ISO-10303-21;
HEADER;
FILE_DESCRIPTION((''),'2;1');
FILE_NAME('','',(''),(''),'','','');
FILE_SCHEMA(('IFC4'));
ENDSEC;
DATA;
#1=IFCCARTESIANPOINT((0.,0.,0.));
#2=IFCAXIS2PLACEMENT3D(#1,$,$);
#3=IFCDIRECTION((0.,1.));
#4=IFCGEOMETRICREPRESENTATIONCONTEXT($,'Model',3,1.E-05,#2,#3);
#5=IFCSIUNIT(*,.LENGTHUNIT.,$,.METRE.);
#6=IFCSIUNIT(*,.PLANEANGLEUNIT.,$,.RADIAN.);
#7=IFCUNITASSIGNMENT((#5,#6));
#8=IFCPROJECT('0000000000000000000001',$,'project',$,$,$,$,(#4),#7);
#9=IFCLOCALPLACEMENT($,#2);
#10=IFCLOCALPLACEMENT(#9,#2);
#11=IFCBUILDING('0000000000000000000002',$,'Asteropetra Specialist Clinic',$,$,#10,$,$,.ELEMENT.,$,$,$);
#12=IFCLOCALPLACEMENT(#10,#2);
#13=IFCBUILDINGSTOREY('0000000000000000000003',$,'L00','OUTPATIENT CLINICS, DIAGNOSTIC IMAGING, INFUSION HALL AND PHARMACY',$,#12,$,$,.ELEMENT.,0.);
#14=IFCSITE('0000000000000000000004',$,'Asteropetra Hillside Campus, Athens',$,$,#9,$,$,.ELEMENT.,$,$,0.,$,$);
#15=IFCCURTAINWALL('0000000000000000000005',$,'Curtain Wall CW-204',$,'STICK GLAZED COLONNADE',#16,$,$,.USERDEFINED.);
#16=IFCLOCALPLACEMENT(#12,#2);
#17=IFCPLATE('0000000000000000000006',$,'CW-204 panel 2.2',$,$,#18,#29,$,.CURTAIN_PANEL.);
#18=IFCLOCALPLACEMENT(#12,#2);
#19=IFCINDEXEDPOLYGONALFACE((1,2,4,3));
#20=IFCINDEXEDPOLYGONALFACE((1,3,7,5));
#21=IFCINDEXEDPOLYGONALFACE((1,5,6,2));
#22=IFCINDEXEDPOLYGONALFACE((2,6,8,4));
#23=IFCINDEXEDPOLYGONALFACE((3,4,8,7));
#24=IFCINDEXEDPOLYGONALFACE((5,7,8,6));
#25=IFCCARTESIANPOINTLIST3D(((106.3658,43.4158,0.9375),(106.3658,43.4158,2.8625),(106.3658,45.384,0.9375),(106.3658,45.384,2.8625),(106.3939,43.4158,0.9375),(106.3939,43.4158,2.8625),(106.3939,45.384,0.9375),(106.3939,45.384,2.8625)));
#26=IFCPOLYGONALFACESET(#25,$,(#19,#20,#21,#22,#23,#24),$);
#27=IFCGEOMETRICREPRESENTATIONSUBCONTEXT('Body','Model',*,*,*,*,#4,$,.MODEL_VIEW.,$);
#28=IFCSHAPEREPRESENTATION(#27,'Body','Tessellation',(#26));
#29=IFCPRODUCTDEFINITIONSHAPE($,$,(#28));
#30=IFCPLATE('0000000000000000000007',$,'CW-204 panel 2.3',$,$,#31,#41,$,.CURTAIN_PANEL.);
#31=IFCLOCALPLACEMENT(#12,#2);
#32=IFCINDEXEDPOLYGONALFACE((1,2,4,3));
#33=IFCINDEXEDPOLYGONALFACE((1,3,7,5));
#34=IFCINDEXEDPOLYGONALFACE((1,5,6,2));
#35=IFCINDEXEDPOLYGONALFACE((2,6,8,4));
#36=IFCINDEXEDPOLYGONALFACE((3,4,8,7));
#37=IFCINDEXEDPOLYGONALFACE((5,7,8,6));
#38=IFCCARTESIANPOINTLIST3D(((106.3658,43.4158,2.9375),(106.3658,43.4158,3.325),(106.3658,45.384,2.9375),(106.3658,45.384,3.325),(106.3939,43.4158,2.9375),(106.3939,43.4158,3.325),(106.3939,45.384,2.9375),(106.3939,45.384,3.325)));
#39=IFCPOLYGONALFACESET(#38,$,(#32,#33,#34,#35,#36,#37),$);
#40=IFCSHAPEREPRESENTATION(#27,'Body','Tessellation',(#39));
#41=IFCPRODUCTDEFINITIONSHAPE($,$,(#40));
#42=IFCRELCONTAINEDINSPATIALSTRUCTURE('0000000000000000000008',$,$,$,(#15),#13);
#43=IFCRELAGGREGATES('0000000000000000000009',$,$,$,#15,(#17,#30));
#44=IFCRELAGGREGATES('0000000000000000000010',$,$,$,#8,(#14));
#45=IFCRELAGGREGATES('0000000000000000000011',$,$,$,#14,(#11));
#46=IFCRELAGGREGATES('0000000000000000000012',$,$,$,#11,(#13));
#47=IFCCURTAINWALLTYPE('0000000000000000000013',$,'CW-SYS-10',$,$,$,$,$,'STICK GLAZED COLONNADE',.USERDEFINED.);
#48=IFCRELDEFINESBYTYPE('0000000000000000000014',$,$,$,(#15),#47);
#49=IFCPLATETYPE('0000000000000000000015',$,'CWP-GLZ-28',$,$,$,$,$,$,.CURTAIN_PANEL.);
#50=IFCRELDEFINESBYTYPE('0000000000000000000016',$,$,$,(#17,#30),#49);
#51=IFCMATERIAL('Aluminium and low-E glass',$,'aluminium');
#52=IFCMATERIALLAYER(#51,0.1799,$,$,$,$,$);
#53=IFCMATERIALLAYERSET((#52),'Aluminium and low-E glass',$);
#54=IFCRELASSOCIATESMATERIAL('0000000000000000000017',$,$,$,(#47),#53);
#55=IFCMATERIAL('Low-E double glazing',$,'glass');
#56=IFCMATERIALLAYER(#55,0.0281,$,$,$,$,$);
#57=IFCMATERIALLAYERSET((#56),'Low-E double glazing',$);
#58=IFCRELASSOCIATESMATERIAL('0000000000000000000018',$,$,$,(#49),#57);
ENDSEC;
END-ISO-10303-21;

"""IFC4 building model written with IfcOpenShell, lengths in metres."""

from ifc_helpers import new_model, si_unit, direction, frame, origin, origin_2d, place, context, subcontext, project, spatial, rectangle, extrude, material, layer, layer_set, type_object, element, aggregate, save


model = new_model("IFC4")

# Units and contexts
model_context = context("Model", 3, precision=1e-05, world=origin(), true_north=direction((0.0, 1.0)))
body_context = subcontext(model_context, "Body", "Model", "MODEL_VIEW")
ifc_project = project(units=[si_unit("LENGTHUNIT", "METRE"), si_unit("PLANEANGLEUNIT", "RADIAN")], contexts=[model_context])

# Site, building, storey
site_placement = place(None, origin())
site = spatial("IfcSite", under=ifc_project, at=site_placement, Name="Asteropetra Hillside Campus, Athens", CompositionType="ELEMENT", RefElevation=0.0)
building_placement = place(site_placement, origin())
building = spatial("IfcBuilding", under=site, at=building_placement, Name="Asteropetra Specialist Clinic", CompositionType="ELEMENT")
storey_placement = place(building_placement, origin())
storey = spatial("IfcBuildingStorey", under=building, at=storey_placement, Name="L00", Description="OUTPATIENT CLINICS, DIAGNOSTIC IMAGING, INFUSION HALL AND PHARMACY", CompositionType="ELEMENT", Elevation=0.0)

# Curtain wall, plates
ifc_material_1 = material(Name="Aluminium and low-E glass", Category="aluminium")
ifc_layer_1 = layer(ifc_material_1, 0.1799)
ifc_layer_set_1 = layer_set([ifc_layer_1], Name="Aluminium and low-E glass")
curtain_wall_type = type_object("IfcCurtainWallType", Name="CW-SYS-10", ElementType="STICK GLAZED COLONNADE", PredefinedType="USERDEFINED", material=ifc_layer_set_1)
curtain_wall_placement = place(storey_placement, origin())
curtain_wall = element("IfcCurtainWall", 1, at=curtain_wall_placement, inside=storey, type_object=curtain_wall_type, Name="Curtain Wall CW-204", ObjectType="STICK GLAZED COLONNADE", PredefinedType="USERDEFINED")
ifc_material_2 = material(Name="Low-E double glazing", Category="glass")
ifc_layer_2 = layer(ifc_material_2, 0.0281)
ifc_layer_set_2 = layer_set([ifc_layer_2], Name="Low-E double glazing")
plate_type = type_object("IfcPlateType", Name="CWP-GLZ-28", PredefinedType="CURTAIN_PANEL", material=ifc_layer_set_2)
plate_1_placement = place(storey_placement, frame((106.3799, 44.3999, 0.9375), z_axis=(0.0, 0.0, 1.0), x_axis=(0.0, -1.0, 0.0)))
plate_1 = element("IfcPlate", 2, at=plate_1_placement, type_object=plate_type, Name="CW-204 panel 2.2", PredefinedType="CURTAIN_PANEL", context=body_context, shape_type="SweptSolid", body=[
    extrude(rectangle(XDim=1.9683, YDim=0.0281, at=origin_2d()), origin(), (0.0, 0.0, 1.0), 1.925),
])
plate_2_placement = place(storey_placement, frame((106.3799, 44.3999, 2.9375), z_axis=(0.0, 0.0, 1.0), x_axis=(0.0, -1.0, 0.0)))
plate_2 = element("IfcPlate", 3, at=plate_2_placement, type_object=plate_type, Name="CW-204 panel 2.3", PredefinedType="CURTAIN_PANEL", context=body_context, shape_type="SweptSolid", body=[
    extrude(rectangle(XDim=1.9683, YDim=0.0281, at=origin_2d()), origin(), (0.0, 0.0, 1.0), 0.3875),
])
aggregate(curtain_wall, [plate_1, plate_2])

save(model, "model.ifc")
